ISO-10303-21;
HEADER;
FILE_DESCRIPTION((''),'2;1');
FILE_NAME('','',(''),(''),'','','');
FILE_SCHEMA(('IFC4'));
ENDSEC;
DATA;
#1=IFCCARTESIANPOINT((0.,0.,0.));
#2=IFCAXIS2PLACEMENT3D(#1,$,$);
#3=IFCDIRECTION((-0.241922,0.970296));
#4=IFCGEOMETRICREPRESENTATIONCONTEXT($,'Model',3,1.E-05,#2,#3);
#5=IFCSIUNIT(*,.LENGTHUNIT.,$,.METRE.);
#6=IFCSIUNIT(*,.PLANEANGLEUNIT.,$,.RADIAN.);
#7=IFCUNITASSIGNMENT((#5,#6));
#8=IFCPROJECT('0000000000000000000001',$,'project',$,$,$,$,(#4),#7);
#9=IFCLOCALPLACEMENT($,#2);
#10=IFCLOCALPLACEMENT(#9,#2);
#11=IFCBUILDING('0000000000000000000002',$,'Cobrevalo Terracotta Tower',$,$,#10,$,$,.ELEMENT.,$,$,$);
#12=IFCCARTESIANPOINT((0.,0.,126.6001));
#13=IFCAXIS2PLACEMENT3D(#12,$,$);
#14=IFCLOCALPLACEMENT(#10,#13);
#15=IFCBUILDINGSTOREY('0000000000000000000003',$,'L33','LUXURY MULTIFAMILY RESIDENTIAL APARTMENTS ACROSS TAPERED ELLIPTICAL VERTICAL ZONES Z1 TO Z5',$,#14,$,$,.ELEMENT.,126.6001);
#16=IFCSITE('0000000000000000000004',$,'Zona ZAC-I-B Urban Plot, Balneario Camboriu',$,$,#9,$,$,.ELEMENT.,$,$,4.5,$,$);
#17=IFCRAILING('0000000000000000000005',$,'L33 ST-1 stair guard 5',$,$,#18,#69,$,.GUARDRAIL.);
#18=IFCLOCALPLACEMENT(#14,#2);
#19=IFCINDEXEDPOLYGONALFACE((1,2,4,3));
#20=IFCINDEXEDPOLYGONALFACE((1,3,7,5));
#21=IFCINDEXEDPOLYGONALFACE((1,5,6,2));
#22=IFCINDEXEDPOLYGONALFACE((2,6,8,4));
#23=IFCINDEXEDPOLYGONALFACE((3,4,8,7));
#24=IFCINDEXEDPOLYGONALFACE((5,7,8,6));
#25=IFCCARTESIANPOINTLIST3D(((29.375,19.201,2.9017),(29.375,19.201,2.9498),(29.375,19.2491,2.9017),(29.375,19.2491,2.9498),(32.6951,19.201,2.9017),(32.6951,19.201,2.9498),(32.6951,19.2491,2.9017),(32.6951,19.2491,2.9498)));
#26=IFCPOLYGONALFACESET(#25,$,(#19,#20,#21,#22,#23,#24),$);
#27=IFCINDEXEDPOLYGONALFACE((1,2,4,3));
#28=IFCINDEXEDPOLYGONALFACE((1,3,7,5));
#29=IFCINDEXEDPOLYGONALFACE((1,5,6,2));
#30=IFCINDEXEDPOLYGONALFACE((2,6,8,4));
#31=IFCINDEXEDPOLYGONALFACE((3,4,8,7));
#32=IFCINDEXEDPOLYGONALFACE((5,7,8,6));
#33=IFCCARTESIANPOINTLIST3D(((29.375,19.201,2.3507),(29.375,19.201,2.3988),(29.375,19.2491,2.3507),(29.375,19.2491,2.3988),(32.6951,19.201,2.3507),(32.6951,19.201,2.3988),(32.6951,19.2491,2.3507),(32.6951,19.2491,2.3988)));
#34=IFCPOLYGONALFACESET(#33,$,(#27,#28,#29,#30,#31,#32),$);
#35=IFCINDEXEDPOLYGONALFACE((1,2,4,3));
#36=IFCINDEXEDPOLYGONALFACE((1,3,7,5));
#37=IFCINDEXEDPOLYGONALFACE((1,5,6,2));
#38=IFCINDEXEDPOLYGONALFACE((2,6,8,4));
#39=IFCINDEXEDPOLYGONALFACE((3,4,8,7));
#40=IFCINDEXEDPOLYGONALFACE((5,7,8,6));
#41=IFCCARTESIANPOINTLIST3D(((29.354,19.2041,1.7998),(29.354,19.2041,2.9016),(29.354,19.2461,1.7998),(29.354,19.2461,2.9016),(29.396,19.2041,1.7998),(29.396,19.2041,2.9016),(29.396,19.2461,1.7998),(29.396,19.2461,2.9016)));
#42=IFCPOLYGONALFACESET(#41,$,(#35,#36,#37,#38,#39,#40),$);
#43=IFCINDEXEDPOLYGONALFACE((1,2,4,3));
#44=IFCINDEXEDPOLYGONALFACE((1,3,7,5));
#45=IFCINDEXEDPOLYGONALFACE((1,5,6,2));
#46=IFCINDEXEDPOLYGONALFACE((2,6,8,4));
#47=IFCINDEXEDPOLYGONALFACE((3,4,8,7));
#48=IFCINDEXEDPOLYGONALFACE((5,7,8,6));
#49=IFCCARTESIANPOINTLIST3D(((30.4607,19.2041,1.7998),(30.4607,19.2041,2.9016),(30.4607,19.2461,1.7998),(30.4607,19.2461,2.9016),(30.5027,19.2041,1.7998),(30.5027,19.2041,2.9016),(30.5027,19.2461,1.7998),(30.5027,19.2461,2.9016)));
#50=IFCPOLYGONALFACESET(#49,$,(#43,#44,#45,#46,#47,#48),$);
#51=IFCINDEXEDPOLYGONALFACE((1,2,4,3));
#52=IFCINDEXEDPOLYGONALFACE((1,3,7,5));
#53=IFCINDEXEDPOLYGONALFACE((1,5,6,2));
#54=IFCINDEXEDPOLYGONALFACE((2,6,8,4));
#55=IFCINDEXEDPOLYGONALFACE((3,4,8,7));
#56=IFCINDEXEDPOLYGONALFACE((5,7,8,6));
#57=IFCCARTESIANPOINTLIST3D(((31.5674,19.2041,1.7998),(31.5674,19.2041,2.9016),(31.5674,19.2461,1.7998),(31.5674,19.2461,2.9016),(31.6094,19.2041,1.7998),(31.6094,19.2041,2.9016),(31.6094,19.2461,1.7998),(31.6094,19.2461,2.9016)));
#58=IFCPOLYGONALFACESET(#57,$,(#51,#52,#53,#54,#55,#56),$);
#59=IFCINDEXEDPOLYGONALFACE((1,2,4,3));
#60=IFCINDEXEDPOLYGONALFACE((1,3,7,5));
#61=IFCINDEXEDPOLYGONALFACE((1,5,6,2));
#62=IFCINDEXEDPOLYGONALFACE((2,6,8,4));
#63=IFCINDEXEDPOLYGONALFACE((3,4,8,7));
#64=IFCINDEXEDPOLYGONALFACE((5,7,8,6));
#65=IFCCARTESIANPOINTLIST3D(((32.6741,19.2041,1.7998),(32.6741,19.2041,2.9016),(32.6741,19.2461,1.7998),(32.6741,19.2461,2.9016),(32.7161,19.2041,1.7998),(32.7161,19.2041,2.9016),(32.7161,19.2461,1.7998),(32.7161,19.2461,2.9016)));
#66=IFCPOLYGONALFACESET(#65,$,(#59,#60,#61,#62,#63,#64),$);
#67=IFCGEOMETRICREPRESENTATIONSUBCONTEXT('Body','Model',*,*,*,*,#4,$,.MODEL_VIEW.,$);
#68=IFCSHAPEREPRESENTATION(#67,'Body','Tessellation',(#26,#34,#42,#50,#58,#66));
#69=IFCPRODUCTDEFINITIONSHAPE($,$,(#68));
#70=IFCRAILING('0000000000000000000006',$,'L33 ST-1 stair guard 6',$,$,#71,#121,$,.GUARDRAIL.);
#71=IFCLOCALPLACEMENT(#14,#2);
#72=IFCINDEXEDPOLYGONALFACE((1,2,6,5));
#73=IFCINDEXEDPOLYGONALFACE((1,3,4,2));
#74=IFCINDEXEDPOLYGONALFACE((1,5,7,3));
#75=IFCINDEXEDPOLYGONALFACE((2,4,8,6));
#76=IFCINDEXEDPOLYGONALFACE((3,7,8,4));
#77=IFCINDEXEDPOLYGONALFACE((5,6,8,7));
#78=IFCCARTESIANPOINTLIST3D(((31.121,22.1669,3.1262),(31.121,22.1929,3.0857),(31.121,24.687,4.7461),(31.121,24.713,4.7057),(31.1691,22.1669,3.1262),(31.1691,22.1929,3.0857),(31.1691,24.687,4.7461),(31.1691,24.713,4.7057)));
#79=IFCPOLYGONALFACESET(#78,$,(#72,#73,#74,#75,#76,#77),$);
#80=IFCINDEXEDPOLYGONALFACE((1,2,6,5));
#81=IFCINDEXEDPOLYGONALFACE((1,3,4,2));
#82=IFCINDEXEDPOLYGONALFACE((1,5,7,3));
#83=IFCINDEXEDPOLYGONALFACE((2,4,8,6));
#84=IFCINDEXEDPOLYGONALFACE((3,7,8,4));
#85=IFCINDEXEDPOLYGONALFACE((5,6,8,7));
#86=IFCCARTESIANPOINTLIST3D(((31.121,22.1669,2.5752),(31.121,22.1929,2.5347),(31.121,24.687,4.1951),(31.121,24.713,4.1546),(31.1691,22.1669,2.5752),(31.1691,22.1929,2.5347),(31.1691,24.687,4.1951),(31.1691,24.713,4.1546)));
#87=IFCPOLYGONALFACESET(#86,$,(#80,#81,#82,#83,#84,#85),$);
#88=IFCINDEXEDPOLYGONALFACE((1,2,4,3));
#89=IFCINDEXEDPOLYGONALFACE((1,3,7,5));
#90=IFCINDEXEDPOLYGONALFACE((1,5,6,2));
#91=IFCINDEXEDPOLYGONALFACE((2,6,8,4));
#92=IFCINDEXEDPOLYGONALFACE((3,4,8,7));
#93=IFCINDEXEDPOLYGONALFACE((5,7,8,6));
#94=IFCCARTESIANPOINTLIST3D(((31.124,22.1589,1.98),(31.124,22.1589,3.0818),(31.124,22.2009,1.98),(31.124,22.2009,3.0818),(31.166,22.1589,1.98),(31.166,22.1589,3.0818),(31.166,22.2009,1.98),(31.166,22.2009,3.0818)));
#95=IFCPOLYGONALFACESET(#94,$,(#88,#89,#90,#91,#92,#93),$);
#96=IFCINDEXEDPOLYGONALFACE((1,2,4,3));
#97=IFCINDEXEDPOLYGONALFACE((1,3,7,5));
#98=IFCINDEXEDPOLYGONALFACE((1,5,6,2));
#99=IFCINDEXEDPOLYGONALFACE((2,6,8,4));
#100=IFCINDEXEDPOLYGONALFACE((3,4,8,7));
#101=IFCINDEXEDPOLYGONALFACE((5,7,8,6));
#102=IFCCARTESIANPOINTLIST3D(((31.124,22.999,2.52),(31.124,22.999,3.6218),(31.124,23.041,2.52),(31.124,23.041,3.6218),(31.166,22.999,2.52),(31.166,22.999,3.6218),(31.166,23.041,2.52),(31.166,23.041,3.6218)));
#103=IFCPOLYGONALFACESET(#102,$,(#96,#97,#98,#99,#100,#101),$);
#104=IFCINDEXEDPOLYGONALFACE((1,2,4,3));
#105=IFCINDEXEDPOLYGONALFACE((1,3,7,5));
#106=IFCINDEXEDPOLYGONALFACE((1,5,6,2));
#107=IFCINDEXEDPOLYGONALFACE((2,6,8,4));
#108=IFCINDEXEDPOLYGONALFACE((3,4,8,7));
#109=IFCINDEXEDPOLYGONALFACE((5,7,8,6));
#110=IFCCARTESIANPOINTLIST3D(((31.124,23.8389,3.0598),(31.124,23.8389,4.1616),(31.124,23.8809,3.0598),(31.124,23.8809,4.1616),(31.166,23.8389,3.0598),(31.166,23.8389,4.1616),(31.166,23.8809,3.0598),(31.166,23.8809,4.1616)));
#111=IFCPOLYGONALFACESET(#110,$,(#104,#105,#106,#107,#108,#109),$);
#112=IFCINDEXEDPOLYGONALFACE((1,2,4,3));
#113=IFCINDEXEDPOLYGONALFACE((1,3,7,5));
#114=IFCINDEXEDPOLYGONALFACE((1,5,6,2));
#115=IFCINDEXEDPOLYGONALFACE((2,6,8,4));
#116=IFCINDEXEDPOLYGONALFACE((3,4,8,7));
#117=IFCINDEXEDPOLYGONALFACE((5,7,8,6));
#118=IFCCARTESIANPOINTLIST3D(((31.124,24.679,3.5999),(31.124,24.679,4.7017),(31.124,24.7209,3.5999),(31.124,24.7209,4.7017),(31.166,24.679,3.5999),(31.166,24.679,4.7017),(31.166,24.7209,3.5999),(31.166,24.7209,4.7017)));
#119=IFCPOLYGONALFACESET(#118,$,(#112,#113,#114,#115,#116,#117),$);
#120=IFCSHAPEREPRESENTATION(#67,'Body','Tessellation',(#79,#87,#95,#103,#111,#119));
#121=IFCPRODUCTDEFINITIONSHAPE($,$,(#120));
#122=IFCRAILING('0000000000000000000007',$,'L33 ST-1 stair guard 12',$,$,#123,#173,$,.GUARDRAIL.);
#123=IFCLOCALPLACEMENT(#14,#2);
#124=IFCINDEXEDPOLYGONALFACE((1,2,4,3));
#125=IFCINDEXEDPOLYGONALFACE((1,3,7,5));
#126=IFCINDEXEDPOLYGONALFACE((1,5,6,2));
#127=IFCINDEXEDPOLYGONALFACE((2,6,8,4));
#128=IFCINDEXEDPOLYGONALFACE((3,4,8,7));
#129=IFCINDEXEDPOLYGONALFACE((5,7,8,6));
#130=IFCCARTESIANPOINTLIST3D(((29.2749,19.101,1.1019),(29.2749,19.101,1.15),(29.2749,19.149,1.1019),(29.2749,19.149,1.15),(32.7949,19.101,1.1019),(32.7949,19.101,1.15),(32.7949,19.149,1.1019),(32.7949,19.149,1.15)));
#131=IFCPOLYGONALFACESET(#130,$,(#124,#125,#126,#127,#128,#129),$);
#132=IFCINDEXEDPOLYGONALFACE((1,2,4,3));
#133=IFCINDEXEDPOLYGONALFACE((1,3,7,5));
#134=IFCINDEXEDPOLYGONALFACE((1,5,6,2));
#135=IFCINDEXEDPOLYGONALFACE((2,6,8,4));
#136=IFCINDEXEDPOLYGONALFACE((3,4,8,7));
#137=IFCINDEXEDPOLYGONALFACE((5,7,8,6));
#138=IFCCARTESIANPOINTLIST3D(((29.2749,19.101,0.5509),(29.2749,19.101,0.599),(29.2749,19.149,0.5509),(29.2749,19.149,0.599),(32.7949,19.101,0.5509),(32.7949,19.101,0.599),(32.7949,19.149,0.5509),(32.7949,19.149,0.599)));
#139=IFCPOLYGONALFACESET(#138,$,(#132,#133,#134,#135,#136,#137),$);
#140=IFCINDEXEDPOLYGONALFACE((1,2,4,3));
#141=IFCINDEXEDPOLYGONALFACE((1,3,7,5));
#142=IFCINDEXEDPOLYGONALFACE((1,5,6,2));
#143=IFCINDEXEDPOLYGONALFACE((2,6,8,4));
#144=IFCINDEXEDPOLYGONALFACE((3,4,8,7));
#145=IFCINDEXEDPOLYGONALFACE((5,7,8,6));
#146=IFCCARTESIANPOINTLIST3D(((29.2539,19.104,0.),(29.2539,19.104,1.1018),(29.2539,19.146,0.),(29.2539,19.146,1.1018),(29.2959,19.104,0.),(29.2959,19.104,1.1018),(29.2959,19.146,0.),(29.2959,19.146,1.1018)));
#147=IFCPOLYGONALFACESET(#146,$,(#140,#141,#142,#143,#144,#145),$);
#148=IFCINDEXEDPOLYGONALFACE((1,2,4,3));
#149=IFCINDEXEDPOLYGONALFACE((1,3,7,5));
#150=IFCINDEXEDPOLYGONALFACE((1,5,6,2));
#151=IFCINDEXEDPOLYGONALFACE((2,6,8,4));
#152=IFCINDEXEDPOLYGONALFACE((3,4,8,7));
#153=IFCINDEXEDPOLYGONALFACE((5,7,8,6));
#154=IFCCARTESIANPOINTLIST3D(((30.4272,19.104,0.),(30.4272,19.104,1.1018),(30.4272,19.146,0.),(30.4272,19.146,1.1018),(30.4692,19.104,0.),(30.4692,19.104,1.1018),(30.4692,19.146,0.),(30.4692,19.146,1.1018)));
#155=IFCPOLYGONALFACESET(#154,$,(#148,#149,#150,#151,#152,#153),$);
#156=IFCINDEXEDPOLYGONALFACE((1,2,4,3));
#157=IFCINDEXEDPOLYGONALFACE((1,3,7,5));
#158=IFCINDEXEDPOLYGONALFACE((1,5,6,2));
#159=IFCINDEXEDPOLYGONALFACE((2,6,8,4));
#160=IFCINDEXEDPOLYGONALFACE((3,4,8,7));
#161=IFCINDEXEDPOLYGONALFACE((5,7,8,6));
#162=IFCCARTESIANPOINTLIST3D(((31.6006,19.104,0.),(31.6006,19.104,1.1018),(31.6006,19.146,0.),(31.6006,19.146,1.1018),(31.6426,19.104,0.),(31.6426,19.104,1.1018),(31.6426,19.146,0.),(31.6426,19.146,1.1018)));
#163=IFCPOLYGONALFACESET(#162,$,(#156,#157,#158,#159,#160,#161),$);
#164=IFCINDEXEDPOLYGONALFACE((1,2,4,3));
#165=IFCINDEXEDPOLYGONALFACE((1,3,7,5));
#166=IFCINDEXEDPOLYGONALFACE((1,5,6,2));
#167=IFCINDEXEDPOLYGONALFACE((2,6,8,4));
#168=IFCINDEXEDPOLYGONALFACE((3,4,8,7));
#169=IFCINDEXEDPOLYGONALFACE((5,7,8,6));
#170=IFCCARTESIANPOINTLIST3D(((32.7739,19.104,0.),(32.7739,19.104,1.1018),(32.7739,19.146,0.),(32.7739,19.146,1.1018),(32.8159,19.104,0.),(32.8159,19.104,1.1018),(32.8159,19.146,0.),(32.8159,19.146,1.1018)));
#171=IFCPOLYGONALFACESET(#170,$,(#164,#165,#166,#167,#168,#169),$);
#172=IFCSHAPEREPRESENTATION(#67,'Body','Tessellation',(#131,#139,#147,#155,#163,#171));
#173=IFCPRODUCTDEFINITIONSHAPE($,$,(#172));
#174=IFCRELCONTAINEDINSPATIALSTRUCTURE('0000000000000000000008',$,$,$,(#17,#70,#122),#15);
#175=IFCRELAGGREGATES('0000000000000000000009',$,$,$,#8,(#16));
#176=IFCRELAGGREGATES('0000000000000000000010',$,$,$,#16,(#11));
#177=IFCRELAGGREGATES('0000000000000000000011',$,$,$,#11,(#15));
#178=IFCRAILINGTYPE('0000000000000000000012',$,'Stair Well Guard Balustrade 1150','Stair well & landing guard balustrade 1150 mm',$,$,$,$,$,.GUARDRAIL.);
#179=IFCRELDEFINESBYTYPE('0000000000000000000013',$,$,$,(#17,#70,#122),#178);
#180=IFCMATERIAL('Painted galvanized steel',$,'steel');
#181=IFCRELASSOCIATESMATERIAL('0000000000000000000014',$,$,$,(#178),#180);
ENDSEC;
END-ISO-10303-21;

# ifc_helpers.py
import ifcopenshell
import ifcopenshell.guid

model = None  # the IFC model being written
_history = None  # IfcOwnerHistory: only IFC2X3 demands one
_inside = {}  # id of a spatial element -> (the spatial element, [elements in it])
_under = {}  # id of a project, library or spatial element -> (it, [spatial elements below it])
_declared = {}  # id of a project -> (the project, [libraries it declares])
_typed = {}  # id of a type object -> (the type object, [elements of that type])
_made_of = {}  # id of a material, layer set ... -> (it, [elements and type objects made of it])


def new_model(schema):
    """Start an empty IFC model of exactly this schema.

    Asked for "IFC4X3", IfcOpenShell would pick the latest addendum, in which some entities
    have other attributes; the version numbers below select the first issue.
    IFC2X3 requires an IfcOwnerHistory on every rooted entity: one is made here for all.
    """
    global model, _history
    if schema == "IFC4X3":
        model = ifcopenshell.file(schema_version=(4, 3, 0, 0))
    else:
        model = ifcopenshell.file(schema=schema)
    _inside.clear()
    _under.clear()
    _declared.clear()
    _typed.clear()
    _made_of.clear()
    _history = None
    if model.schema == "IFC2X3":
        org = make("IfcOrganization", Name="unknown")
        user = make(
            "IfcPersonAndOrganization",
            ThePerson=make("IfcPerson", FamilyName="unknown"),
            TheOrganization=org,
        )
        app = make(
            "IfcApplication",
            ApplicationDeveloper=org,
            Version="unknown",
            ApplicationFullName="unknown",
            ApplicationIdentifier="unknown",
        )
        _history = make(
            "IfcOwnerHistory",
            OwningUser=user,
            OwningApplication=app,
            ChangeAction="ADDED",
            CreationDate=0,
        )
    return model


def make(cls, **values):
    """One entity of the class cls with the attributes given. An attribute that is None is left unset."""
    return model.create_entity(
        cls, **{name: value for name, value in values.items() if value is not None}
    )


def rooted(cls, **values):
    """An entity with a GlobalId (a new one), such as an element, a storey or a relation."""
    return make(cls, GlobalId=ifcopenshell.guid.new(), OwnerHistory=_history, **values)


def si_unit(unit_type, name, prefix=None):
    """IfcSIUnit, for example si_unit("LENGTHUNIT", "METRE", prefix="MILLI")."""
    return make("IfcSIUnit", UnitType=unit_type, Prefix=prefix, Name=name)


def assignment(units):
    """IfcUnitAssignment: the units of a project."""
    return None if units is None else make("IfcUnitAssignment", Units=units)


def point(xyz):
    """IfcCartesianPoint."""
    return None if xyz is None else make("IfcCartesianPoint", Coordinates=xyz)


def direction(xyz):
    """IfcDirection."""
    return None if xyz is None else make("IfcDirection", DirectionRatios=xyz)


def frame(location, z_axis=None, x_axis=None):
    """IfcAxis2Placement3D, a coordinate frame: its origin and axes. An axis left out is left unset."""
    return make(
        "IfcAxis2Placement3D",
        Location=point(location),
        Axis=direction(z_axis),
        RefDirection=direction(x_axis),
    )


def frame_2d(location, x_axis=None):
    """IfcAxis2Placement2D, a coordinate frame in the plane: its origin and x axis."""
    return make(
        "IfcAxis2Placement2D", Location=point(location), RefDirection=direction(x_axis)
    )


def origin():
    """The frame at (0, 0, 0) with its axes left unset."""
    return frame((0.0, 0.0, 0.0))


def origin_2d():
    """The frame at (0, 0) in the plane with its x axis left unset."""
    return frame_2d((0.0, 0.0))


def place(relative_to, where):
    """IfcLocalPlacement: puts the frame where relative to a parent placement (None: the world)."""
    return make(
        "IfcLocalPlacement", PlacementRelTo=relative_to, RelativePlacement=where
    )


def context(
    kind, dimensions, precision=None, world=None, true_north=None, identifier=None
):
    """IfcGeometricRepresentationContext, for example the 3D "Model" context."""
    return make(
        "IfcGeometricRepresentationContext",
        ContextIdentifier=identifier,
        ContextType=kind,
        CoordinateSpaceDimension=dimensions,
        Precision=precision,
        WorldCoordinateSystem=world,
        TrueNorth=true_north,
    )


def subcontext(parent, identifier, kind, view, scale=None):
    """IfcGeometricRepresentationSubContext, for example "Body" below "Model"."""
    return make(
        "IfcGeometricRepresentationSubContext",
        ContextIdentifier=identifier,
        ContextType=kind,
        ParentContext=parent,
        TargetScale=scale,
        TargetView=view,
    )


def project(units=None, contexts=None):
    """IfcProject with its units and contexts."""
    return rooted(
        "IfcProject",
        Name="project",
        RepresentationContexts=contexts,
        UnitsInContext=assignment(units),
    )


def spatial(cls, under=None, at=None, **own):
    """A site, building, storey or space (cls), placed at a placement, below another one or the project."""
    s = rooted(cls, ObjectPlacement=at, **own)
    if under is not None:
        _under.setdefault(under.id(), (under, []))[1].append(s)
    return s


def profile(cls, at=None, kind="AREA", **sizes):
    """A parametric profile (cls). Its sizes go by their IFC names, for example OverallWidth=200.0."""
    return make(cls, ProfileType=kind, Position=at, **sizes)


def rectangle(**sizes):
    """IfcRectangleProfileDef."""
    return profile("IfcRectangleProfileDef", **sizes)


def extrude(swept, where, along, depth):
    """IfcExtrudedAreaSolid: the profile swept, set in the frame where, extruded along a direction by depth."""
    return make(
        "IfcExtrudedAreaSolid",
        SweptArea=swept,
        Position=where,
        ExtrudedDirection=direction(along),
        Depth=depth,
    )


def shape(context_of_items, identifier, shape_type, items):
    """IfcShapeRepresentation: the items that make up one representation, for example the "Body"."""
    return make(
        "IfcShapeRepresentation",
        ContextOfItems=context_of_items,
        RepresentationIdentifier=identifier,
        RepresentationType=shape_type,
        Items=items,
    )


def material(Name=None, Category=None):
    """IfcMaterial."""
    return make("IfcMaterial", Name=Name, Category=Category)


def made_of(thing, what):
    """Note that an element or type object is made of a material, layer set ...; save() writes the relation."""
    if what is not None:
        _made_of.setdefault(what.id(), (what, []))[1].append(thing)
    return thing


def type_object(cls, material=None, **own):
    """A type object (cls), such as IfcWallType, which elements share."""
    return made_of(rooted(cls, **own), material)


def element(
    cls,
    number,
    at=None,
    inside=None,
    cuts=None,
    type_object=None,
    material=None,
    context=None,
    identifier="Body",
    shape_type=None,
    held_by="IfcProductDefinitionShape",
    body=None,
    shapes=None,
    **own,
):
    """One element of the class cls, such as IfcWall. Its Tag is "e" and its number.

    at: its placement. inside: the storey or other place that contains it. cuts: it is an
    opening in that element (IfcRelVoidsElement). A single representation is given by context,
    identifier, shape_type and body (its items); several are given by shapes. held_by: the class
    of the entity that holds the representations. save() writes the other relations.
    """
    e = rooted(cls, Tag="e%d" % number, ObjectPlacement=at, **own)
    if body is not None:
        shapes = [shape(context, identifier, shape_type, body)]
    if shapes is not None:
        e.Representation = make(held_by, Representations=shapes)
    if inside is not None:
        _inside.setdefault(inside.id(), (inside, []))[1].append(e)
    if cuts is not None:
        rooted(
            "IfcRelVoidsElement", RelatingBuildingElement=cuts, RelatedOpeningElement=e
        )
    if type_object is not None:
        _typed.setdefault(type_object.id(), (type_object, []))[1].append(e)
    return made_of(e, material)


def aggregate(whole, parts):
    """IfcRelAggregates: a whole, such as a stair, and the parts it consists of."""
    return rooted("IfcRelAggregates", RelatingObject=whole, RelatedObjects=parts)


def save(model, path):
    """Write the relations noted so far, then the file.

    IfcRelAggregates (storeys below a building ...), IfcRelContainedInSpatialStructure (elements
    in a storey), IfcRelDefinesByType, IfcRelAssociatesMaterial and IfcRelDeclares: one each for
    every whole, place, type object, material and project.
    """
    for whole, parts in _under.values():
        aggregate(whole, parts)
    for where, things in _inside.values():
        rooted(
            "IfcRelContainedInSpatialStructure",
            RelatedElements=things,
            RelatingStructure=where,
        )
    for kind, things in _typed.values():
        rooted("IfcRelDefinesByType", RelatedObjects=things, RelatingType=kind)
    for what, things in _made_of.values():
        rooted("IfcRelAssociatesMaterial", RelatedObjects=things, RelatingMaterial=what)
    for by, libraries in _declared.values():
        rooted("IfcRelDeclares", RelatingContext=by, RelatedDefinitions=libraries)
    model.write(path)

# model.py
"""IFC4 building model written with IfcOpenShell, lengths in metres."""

from ifc_helpers import new_model, si_unit, direction, frame, origin, origin_2d, place, context, subcontext, project, spatial, rectangle, extrude, material, type_object, element, save


model = new_model("IFC4")

# Units and contexts
model_context = context("Model", 3, precision=1e-05, world=origin(), true_north=direction((-0.241922, 0.970296)))
body_context = subcontext(model_context, "Body", "Model", "MODEL_VIEW")
ifc_project = project(units=[si_unit("LENGTHUNIT", "METRE"), si_unit("PLANEANGLEUNIT", "RADIAN")], contexts=[model_context])

# Site, building, storey
site_placement = place(None, origin())
site = spatial("IfcSite", under=ifc_project, at=site_placement, Name="Zona ZAC-I-B Urban Plot, Balneario Camboriu", CompositionType="ELEMENT", RefElevation=4.5)
building_placement = place(site_placement, origin())
building = spatial("IfcBuilding", under=site, at=building_placement, Name="Cobrevalo Terracotta Tower", CompositionType="ELEMENT")
storey_placement = place(building_placement, frame((0.0, 0.0, 126.6001)))
storey = spatial("IfcBuildingStorey", under=building, at=storey_placement, Name="L33", Description="LUXURY MULTIFAMILY RESIDENTIAL APARTMENTS ACROSS TAPERED ELLIPTICAL VERTICAL ZONES Z1 TO Z5", CompositionType="ELEMENT", Elevation=126.6001)

# Railings
ifc_material_1 = material(Name="Painted galvanized steel", Category="steel")
railing_type_1 = type_object("IfcRailingType", Name="Stair Well Guard Balustrade 1150", Description="Stair well & landing guard balustrade 1150 mm", PredefinedType="GUARDRAIL", material=ifc_material_1)
railing_1_placement = place(storey_placement, frame((29.375, 19.2251, 1.7998)))
element("IfcRailing", 1, at=railing_1_placement, inside=storey, type_object=railing_type_1, Name="L33 ST-1 stair guard 5", PredefinedType="GUARDRAIL", context=body_context, shape_type="SweptSolid", body=[
    extrude(rectangle(XDim=0.0481, YDim=0.0481, at=origin_2d()), frame((0.0, 0.0, 1.126), z_axis=(1.0, 0.0, 0.0), x_axis=(0.0, 1.0, 0.0)), (0.0, 0.0, 1.0), 3.3201),
    extrude(rectangle(XDim=0.0481, YDim=0.0481, at=origin_2d()), frame((0.0, 0.0, 0.575), z_axis=(1.0, 0.0, 0.0), x_axis=(0.0, 1.0, 0.0)), (0.0, 0.0, 1.0), 3.3201),
    extrude(rectangle(XDim=0.042, YDim=0.042, at=origin_2d()), origin(), (0.0, 0.0, 1.0), 1.1018),
    extrude(rectangle(XDim=0.042, YDim=0.042, at=origin_2d()), frame((1.1067, 0.0, 0.0)), (0.0, 0.0, 1.0), 1.1018),
    extrude(rectangle(XDim=0.042, YDim=0.042, at=origin_2d()), frame((2.2134, 0.0, 0.0)), (0.0, 0.0, 1.0), 1.1018),
    extrude(rectangle(XDim=0.042, YDim=0.042, at=origin_2d()), frame((3.3201, 0.0, 0.0)), (0.0, 0.0, 1.0), 1.1018),
])
railing_2_placement = place(storey_placement, frame((31.145, 22.1799, 1.98)))
element("IfcRailing", 2, at=railing_2_placement, inside=storey, type_object=railing_type_1, Name="L33 ST-1 stair guard 6", PredefinedType="GUARDRAIL", context=body_context, shape_type="SweptSolid", body=[
    extrude(rectangle(XDim=0.0481, YDim=0.0481, at=origin_2d()), frame((0.0, 0.0, 1.126), z_axis=(0.0, 0.8412, 0.540725), x_axis=(-1.0, 0.0, 0.0)), (0.0, 0.0, 1.0), 2.9958),
    extrude(rectangle(XDim=0.0481, YDim=0.0481, at=origin_2d()), frame((0.0, 0.0, 0.575), z_axis=(0.0, 0.8412, 0.540725), x_axis=(-1.0, 0.0, 0.0)), (0.0, 0.0, 1.0), 2.9958),
    extrude(rectangle(XDim=0.042, YDim=0.042, at=origin_2d()), origin(), (0.0, 0.0, 1.0), 1.1018),
    extrude(rectangle(XDim=0.042, YDim=0.042, at=origin_2d()), frame((0.0, 0.8401, 0.54)), (0.0, 0.0, 1.0), 1.1018),
    extrude(rectangle(XDim=0.042, YDim=0.042, at=origin_2d()), frame((0.0, 1.6799, 1.0798)), (0.0, 0.0, 1.0), 1.1018),
    extrude(rectangle(XDim=0.042, YDim=0.042, at=origin_2d()), frame((0.0, 2.52, 1.6199)), (0.0, 0.0, 1.0), 1.1018),
])
railing_3_placement = place(storey_placement, frame((29.2749, 19.125, 0.0)))
element("IfcRailing", 3, at=railing_3_placement, inside=storey, type_object=railing_type_1, Name="L33 ST-1 stair guard 12", PredefinedType="GUARDRAIL", context=body_context, shape_type="SweptSolid", body=[
    extrude(rectangle(XDim=0.0481, YDim=0.0481, at=origin_2d()), frame((0.0, 0.0, 1.126), z_axis=(1.0, 0.0, 0.0), x_axis=(0.0, 1.0, 0.0)), (0.0, 0.0, 1.0), 3.52),
    extrude(rectangle(XDim=0.0481, YDim=0.0481, at=origin_2d()), frame((0.0, 0.0, 0.575), z_axis=(1.0, 0.0, 0.0), x_axis=(0.0, 1.0, 0.0)), (0.0, 0.0, 1.0), 3.52),
    extrude(rectangle(XDim=0.042, YDim=0.042, at=origin_2d()), origin(), (0.0, 0.0, 1.0), 1.1018),
    extrude(rectangle(XDim=0.042, YDim=0.042, at=origin_2d()), frame((1.1733, 0.0, 0.0)), (0.0, 0.0, 1.0), 1.1018),
    extrude(rectangle(XDim=0.042, YDim=0.042, at=origin_2d()), frame((2.3467, 0.0, 0.0)), (0.0, 0.0, 1.0), 1.1018),
    extrude(rectangle(XDim=0.042, YDim=0.042, at=origin_2d()), frame((3.52, 0.0, 0.0)), (0.0, 0.0, 1.0), 1.1018),
])

save(model, "model.ifc")
